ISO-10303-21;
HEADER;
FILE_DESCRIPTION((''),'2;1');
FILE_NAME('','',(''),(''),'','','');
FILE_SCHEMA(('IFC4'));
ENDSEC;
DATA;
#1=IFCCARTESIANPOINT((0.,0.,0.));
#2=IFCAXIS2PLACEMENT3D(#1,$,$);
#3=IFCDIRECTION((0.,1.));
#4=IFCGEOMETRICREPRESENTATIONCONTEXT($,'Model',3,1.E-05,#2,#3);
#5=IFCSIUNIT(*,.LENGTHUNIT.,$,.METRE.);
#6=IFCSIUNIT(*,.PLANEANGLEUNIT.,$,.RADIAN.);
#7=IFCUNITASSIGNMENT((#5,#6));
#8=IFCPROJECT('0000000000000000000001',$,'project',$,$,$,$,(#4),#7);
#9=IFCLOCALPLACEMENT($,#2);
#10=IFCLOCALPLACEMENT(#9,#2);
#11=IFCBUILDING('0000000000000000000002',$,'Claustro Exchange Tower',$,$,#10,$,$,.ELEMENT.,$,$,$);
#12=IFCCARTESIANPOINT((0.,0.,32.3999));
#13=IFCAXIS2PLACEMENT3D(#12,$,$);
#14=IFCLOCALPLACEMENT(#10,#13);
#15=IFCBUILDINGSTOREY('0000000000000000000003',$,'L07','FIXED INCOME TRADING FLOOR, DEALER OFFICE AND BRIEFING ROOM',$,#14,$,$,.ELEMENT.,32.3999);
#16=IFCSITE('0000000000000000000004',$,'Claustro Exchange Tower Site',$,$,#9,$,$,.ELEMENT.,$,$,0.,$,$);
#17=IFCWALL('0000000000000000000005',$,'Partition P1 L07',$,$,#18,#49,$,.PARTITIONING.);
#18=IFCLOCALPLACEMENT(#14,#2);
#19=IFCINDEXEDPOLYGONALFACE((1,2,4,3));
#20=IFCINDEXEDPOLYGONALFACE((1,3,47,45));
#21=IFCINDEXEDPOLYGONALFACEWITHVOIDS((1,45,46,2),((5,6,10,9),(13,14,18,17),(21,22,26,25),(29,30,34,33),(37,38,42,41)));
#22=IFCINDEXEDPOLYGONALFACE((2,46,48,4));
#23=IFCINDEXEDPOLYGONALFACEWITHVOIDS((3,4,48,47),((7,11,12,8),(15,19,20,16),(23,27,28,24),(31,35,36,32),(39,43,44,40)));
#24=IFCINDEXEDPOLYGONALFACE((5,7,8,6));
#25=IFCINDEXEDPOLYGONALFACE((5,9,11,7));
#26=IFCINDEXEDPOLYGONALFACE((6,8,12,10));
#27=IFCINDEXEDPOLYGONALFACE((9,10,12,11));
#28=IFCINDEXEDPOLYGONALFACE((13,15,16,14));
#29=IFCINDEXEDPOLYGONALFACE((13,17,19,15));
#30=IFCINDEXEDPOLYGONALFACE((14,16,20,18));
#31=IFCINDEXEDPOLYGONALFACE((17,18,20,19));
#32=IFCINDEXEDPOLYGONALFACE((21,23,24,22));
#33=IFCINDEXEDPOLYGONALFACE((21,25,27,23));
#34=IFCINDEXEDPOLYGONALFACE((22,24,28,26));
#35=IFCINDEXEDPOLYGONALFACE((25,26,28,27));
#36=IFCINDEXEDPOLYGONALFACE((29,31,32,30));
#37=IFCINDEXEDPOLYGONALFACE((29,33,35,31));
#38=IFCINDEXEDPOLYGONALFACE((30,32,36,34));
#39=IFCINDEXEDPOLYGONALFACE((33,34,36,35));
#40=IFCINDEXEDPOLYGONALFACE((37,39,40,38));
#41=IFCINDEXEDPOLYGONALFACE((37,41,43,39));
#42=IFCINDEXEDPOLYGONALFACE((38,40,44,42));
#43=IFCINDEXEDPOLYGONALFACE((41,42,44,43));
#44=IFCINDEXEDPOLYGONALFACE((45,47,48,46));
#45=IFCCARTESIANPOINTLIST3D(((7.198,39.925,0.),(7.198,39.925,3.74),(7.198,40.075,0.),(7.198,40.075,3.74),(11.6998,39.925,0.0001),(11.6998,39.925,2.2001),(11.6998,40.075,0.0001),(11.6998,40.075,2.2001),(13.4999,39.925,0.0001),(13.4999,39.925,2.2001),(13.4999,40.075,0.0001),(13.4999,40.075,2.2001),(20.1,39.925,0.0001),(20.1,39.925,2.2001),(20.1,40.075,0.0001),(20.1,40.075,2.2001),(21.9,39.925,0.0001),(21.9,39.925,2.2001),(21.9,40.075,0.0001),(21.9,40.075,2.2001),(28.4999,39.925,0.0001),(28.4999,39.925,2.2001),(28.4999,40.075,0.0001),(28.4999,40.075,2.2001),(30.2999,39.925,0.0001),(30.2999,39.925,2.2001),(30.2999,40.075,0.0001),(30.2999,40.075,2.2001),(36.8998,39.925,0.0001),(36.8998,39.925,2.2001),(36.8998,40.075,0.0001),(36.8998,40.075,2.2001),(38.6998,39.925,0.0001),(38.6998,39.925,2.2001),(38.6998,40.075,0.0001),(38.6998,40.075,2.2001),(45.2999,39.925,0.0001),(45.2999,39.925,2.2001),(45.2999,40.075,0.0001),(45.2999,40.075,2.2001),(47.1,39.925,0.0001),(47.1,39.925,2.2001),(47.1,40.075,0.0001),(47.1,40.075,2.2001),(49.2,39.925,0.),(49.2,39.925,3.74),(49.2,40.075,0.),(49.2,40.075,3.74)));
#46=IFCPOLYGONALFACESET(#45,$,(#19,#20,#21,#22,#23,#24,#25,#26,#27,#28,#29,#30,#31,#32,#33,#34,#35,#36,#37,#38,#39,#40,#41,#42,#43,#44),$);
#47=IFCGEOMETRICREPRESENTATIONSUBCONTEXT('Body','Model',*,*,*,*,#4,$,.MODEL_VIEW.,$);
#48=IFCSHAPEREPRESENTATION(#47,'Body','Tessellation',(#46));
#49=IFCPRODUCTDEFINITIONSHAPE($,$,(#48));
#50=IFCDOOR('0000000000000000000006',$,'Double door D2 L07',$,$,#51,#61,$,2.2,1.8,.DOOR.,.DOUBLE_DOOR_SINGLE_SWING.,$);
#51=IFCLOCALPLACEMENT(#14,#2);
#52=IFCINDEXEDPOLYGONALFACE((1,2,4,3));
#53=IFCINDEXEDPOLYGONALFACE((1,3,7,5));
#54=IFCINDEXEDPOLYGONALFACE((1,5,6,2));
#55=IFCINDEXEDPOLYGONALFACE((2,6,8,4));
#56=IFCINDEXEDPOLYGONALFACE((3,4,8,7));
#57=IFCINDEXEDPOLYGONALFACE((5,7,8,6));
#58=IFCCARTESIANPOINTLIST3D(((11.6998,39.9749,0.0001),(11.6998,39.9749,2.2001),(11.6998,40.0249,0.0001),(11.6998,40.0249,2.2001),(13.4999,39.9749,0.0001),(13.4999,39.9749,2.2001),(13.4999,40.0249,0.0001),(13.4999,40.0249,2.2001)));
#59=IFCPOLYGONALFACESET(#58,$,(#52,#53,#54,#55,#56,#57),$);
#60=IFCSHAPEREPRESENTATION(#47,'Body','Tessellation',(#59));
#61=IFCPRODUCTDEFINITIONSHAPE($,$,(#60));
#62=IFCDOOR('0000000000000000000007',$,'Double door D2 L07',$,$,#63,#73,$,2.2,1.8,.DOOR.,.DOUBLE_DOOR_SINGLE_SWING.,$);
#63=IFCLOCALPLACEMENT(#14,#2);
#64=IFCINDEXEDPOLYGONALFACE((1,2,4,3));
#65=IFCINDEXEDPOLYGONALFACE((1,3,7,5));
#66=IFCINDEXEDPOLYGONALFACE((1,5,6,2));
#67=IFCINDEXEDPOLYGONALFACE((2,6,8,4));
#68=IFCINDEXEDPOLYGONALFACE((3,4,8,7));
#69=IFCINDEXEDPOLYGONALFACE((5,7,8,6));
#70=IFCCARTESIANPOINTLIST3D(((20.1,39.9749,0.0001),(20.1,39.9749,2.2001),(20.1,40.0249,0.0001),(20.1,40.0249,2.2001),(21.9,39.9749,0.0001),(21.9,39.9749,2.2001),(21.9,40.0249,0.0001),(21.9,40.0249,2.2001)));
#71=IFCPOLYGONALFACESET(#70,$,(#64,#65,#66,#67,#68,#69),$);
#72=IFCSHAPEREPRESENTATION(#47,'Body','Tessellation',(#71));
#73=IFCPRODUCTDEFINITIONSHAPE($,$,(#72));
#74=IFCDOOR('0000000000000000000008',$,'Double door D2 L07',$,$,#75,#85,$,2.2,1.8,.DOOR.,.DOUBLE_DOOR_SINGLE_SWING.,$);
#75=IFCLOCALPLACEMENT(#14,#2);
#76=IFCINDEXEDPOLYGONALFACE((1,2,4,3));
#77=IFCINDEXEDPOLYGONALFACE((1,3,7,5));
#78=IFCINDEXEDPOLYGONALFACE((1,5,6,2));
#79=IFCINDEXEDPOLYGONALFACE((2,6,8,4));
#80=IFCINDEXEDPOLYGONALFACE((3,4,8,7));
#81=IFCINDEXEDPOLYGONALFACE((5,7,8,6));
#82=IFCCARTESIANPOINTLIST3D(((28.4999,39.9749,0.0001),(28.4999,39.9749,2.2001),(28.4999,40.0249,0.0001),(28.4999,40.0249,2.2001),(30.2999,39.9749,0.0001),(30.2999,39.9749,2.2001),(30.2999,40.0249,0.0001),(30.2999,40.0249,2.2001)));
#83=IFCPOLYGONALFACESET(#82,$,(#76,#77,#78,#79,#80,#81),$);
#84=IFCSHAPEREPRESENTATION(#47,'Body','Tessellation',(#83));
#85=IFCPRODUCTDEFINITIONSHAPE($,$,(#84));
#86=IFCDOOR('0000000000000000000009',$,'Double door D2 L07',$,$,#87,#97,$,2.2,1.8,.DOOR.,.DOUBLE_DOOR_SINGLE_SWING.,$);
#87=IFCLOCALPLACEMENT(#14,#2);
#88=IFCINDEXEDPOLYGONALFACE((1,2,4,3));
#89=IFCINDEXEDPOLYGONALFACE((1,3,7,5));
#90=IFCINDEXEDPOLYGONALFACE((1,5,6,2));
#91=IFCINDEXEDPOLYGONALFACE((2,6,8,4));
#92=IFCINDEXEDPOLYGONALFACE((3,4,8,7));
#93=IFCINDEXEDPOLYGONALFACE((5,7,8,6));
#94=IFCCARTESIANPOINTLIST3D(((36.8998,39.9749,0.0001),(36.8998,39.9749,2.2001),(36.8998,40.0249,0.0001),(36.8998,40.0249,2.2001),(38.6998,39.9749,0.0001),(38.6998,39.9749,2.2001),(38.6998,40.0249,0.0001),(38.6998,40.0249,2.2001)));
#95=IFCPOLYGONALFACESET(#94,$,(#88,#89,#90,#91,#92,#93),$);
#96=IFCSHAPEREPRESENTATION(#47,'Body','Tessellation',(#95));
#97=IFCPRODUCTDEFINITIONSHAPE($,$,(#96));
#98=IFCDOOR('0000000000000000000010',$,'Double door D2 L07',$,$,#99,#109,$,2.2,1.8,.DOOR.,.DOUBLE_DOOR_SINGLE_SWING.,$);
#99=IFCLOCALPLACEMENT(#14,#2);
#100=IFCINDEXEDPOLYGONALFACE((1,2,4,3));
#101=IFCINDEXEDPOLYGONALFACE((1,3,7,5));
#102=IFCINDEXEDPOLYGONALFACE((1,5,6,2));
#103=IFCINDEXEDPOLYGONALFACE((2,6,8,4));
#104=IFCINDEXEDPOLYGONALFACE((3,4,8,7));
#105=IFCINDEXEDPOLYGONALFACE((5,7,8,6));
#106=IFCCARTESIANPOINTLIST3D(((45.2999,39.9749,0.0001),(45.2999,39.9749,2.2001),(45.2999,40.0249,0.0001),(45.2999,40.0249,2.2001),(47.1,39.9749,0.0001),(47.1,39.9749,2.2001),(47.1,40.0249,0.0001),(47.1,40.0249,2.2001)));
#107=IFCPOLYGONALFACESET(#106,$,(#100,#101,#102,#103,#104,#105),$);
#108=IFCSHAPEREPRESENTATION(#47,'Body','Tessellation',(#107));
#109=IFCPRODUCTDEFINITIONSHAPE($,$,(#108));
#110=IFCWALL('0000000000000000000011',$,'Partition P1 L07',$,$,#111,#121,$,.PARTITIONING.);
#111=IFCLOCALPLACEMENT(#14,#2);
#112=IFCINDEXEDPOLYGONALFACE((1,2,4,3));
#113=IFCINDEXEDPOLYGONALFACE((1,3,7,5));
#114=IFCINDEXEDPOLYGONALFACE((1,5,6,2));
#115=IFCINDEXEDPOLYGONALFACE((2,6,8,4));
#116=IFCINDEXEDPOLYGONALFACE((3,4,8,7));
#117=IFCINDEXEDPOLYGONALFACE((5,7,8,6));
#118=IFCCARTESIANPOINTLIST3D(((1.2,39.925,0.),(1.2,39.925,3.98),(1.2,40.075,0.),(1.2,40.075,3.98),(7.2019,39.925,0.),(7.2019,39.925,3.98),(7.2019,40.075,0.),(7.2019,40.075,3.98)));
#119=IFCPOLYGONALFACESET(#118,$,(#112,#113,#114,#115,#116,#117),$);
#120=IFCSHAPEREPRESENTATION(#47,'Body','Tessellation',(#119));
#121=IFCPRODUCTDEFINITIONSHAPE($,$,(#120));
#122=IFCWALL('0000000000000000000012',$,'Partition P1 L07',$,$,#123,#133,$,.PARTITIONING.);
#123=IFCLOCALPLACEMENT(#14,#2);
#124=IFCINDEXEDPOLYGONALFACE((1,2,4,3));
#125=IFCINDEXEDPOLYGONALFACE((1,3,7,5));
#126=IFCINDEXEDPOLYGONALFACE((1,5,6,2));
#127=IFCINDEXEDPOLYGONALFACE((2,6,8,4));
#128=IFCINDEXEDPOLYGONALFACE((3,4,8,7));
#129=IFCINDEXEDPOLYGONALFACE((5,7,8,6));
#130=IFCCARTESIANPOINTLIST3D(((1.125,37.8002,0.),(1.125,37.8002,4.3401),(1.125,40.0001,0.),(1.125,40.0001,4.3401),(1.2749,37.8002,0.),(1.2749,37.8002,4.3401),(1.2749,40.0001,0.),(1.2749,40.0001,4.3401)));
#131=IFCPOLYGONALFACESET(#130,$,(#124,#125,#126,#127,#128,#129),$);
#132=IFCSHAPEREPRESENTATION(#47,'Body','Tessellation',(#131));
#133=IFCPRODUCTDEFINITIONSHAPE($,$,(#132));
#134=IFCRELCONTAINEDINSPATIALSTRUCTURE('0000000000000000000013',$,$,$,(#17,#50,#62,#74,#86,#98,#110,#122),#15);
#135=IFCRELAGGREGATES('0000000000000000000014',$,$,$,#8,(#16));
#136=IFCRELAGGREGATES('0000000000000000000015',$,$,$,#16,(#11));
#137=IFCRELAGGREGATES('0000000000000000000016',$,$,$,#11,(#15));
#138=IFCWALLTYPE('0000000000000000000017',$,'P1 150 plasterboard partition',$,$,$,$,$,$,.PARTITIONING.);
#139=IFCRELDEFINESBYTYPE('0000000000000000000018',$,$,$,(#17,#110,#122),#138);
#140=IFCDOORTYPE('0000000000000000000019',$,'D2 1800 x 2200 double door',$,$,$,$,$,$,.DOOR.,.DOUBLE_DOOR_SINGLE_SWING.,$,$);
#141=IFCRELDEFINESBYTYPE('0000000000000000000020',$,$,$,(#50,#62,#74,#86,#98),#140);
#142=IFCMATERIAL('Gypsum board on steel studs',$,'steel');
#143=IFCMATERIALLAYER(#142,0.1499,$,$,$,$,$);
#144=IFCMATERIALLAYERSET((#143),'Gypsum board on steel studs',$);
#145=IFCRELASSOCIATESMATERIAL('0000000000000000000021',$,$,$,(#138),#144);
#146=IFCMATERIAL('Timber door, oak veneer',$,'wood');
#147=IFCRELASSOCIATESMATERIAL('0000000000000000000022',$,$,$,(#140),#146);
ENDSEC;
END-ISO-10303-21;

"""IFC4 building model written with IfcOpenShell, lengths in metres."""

from ifc_helpers import new_model, si_unit, direction, frame, frame_2d, origin, place, context, subcontext, project, spatial, rectangle, extrude, material, layer, layer_set, type_object, element, fill, save


model = new_model("IFC4")

# Units and contexts
model_context = context("Model", 3, precision=1e-05, world=origin(), true_north=direction((0.0, 1.0)))
body_context = subcontext(model_context, "Body", "Model", "MODEL_VIEW")
ifc_project = project(units=[si_unit("LENGTHUNIT", "METRE"), si_unit("PLANEANGLEUNIT", "RADIAN")], contexts=[model_context])

# Site, building, storey
site_placement = place(None, origin())
site = spatial("IfcSite", under=ifc_project, at=site_placement, Name="Claustro Exchange Tower Site", CompositionType="ELEMENT", RefElevation=0.0)
building_placement = place(site_placement, origin())
building = spatial("IfcBuilding", under=site, at=building_placement, Name="Claustro Exchange Tower", CompositionType="ELEMENT")
storey_placement = place(building_placement, frame((0.0, 0.0, 32.3999)))
storey = spatial("IfcBuildingStorey", under=building, at=storey_placement, Name="L07", Description="FIXED INCOME TRADING FLOOR, DEALER OFFICE AND BRIEFING ROOM", CompositionType="ELEMENT", Elevation=32.3999)

# Shared definitions
ifc_material_1 = material(Name="Gypsum board on steel studs", Category="steel")
ifc_layer_1 = layer(ifc_material_1, 0.1499)
ifc_layer_set_1 = layer_set([ifc_layer_1], Name="Gypsum board on steel studs")
wall_type_1 = type_object("IfcWallType", Name="P1 150 plasterboard partition", PredefinedType="PARTITIONING", material=ifc_layer_set_1)

# Wall, openings, doors
wall_1_placement = place(storey_placement, frame((7.198, 40.0, 0.0), z_axis=(0.0, 0.0, 1.0), x_axis=(1.0, 0.0, 0.0)))
wall_1 = element("IfcWall", 1, at=wall_1_placement, inside=storey, type_object=wall_type_1, Name="Partition P1 L07", PredefinedType="PARTITIONING", context=body_context, shape_type="SweptSolid", body=[
    extrude(rectangle(XDim=42.002, YDim=0.1499, at=frame_2d((21.001, 0.0))), origin(), (0.0, 0.0, 1.0), 3.74),
])
opening_1_placement = place(wall_1_placement, frame((4.502, 0.0, 0.0)))
opening_1 = element("IfcOpeningElement", 2, at=opening_1_placement, cuts=wall_1, PredefinedType="OPENING", context=body_context, shape_type="SweptSolid", body=[
    extrude(rectangle(XDim=1.8, YDim=2.2, at=frame_2d((0.8999, 1.1001))), frame((0.0, 0.085, 0.0), z_axis=(0.0, -1.0, 0.0), x_axis=(1.0, 0.0, 0.0)), (0.0, 0.0, 1.0), 0.1699),
])
opening_2_placement = place(wall_1_placement, frame((12.9021, 0.0, 0.0)))
opening_2 = element("IfcOpeningElement", 3, at=opening_2_placement, cuts=wall_1, PredefinedType="OPENING", context=body_context, shape_type="SweptSolid", body=[
    extrude(rectangle(XDim=1.8, YDim=2.2, at=frame_2d((0.8999, 1.1001))), frame((0.0, 0.085, 0.0), z_axis=(0.0, -1.0, 0.0), x_axis=(1.0, 0.0, 0.0)), (0.0, 0.0, 1.0), 0.1699),
])
opening_3_placement = place(wall_1_placement, frame((21.302, 0.0, 0.0)))
opening_3 = element("IfcOpeningElement", 4, at=opening_3_placement, cuts=wall_1, PredefinedType="OPENING", context=body_context, shape_type="SweptSolid", body=[
    extrude(rectangle(XDim=1.8, YDim=2.2, at=frame_2d((0.8999, 1.1001))), frame((0.0, 0.085, 0.0), z_axis=(0.0, -1.0, 0.0), x_axis=(1.0, 0.0, 0.0)), (0.0, 0.0, 1.0), 0.1699),
])
opening_4_placement = place(wall_1_placement, frame((29.7019, 0.0, 0.0)))
opening_4 = element("IfcOpeningElement", 5, at=opening_4_placement, cuts=wall_1, PredefinedType="OPENING", context=body_context, shape_type="SweptSolid", body=[
    extrude(rectangle(XDim=1.8, YDim=2.2, at=frame_2d((0.8999, 1.1001))), frame((0.0, 0.085, 0.0), z_axis=(0.0, -1.0, 0.0), x_axis=(1.0, 0.0, 0.0)), (0.0, 0.0, 1.0), 0.1699),
])
opening_5_placement = place(wall_1_placement, frame((38.1021, 0.0, 0.0)))
opening_5 = element("IfcOpeningElement", 6, at=opening_5_placement, cuts=wall_1, PredefinedType="OPENING", context=body_context, shape_type="SweptSolid", body=[
    extrude(rectangle(XDim=1.8, YDim=2.2, at=frame_2d((0.8999, 1.1001))), frame((0.0, 0.085, 0.0), z_axis=(0.0, -1.0, 0.0), x_axis=(1.0, 0.0, 0.0)), (0.0, 0.0, 1.0), 0.1699),
])
ifc_material_2 = material(Name="Timber door, oak veneer", Category="wood")
door_type_1 = type_object("IfcDoorType", Name="D2 1800 x 2200 double door", OperationType="DOUBLE_DOOR_SINGLE_SWING", PredefinedType="DOOR", material=ifc_material_2)
door_1_placement = place(opening_1_placement, origin())
door_1 = element("IfcDoor", 7, at=door_1_placement, inside=storey, type_object=door_type_1, Name="Double door D2 L07", OperationType="DOUBLE_DOOR_SINGLE_SWING", OverallHeight=2.2, OverallWidth=1.8, PredefinedType="DOOR", context=body_context, shape_type="SweptSolid", body=[
    extrude(rectangle(XDim=1.8, YDim=2.2, at=frame_2d((0.8999, 1.1001))), frame((0.0, 0.0249, 0.0), z_axis=(0.0, -1.0, 0.0), x_axis=(1.0, 0.0, 0.0)), (0.0, 0.0, 1.0), 0.05),
])
fill(opening_1, door_1)
door_2_placement = place(opening_2_placement, origin())
door_2 = element("IfcDoor", 8, at=door_2_placement, inside=storey, type_object=door_type_1, Name="Double door D2 L07", OperationType="DOUBLE_DOOR_SINGLE_SWING", OverallHeight=2.2, OverallWidth=1.8, PredefinedType="DOOR", context=body_context, shape_type="SweptSolid", body=[
    extrude(rectangle(XDim=1.8, YDim=2.2, at=frame_2d((0.8999, 1.1001))), frame((0.0, 0.0249, 0.0), z_axis=(0.0, -1.0, 0.0), x_axis=(1.0, 0.0, 0.0)), (0.0, 0.0, 1.0), 0.05),
])
fill(opening_2, door_2)
door_3_placement = place(opening_3_placement, origin())
door_3 = element("IfcDoor", 9, at=door_3_placement, inside=storey, type_object=door_type_1, Name="Double door D2 L07", OperationType="DOUBLE_DOOR_SINGLE_SWING", OverallHeight=2.2, OverallWidth=1.8, PredefinedType="DOOR", context=body_context, shape_type="SweptSolid", body=[
    extrude(rectangle(XDim=1.8, YDim=2.2, at=frame_2d((0.8999, 1.1001))), frame((0.0, 0.0249, 0.0), z_axis=(0.0, -1.0, 0.0), x_axis=(1.0, 0.0, 0.0)), (0.0, 0.0, 1.0), 0.05),
])
fill(opening_3, door_3)
door_4_placement = place(opening_4_placement, origin())
door_4 = element("IfcDoor", 10, at=door_4_placement, inside=storey, type_object=door_type_1, Name="Double door D2 L07", OperationType="DOUBLE_DOOR_SINGLE_SWING", OverallHeight=2.2, OverallWidth=1.8, PredefinedType="DOOR", context=body_context, shape_type="SweptSolid", body=[
    extrude(rectangle(XDim=1.8, YDim=2.2, at=frame_2d((0.8999, 1.1001))), frame((0.0, 0.0249, 0.0), z_axis=(0.0, -1.0, 0.0), x_axis=(1.0, 0.0, 0.0)), (0.0, 0.0, 1.0), 0.05),
])
fill(opening_4, door_4)
door_5_placement = place(opening_5_placement, origin())
door_5 = element("IfcDoor", 11, at=door_5_placement, inside=storey, type_object=door_type_1, Name="Double door D2 L07", OperationType="DOUBLE_DOOR_SINGLE_SWING", OverallHeight=2.2, OverallWidth=1.8, PredefinedType="DOOR", context=body_context, shape_type="SweptSolid", body=[
    extrude(rectangle(XDim=1.8, YDim=2.2, at=frame_2d((0.8999, 1.1001))), frame((0.0, 0.0249, 0.0), z_axis=(0.0, -1.0, 0.0), x_axis=(1.0, 0.0, 0.0)), (0.0, 0.0, 1.0), 0.05),
])
fill(opening_5, door_5)

# Walls
wall_2_placement = place(storey_placement, frame((1.2, 40.0, 0.0), z_axis=(0.0, 0.0, 1.0), x_axis=(1.0, 0.0, 0.0)))
element("IfcWall", 12, at=wall_2_placement, inside=storey, type_object=wall_type_1, Name="Partition P1 L07", PredefinedType="PARTITIONING", context=body_context, shape_type="SweptSolid", body=[
    extrude(rectangle(XDim=6.002, YDim=0.1499, at=frame_2d((3.001, 0.0))), origin(), (0.0, 0.0, 1.0), 3.98),
])
wall_3_placement = place(storey_placement, frame((1.2, 37.8, 0.0), z_axis=(0.0, 0.0, 1.0), x_axis=(0.0, 1.0, 0.0)))
element("IfcWall", 13, at=wall_3_placement, inside=storey, type_object=wall_type_1, Name="Partition P1 L07", PredefinedType="PARTITIONING", context=body_context, shape_type="SweptSolid", body=[
    extrude(rectangle(XDim=2.2, YDim=0.1499, at=frame_2d((1.1001, 0.0))), origin(), (0.0, 0.0, 1.0), 4.3401),
])

save(model, "model.ifc")
